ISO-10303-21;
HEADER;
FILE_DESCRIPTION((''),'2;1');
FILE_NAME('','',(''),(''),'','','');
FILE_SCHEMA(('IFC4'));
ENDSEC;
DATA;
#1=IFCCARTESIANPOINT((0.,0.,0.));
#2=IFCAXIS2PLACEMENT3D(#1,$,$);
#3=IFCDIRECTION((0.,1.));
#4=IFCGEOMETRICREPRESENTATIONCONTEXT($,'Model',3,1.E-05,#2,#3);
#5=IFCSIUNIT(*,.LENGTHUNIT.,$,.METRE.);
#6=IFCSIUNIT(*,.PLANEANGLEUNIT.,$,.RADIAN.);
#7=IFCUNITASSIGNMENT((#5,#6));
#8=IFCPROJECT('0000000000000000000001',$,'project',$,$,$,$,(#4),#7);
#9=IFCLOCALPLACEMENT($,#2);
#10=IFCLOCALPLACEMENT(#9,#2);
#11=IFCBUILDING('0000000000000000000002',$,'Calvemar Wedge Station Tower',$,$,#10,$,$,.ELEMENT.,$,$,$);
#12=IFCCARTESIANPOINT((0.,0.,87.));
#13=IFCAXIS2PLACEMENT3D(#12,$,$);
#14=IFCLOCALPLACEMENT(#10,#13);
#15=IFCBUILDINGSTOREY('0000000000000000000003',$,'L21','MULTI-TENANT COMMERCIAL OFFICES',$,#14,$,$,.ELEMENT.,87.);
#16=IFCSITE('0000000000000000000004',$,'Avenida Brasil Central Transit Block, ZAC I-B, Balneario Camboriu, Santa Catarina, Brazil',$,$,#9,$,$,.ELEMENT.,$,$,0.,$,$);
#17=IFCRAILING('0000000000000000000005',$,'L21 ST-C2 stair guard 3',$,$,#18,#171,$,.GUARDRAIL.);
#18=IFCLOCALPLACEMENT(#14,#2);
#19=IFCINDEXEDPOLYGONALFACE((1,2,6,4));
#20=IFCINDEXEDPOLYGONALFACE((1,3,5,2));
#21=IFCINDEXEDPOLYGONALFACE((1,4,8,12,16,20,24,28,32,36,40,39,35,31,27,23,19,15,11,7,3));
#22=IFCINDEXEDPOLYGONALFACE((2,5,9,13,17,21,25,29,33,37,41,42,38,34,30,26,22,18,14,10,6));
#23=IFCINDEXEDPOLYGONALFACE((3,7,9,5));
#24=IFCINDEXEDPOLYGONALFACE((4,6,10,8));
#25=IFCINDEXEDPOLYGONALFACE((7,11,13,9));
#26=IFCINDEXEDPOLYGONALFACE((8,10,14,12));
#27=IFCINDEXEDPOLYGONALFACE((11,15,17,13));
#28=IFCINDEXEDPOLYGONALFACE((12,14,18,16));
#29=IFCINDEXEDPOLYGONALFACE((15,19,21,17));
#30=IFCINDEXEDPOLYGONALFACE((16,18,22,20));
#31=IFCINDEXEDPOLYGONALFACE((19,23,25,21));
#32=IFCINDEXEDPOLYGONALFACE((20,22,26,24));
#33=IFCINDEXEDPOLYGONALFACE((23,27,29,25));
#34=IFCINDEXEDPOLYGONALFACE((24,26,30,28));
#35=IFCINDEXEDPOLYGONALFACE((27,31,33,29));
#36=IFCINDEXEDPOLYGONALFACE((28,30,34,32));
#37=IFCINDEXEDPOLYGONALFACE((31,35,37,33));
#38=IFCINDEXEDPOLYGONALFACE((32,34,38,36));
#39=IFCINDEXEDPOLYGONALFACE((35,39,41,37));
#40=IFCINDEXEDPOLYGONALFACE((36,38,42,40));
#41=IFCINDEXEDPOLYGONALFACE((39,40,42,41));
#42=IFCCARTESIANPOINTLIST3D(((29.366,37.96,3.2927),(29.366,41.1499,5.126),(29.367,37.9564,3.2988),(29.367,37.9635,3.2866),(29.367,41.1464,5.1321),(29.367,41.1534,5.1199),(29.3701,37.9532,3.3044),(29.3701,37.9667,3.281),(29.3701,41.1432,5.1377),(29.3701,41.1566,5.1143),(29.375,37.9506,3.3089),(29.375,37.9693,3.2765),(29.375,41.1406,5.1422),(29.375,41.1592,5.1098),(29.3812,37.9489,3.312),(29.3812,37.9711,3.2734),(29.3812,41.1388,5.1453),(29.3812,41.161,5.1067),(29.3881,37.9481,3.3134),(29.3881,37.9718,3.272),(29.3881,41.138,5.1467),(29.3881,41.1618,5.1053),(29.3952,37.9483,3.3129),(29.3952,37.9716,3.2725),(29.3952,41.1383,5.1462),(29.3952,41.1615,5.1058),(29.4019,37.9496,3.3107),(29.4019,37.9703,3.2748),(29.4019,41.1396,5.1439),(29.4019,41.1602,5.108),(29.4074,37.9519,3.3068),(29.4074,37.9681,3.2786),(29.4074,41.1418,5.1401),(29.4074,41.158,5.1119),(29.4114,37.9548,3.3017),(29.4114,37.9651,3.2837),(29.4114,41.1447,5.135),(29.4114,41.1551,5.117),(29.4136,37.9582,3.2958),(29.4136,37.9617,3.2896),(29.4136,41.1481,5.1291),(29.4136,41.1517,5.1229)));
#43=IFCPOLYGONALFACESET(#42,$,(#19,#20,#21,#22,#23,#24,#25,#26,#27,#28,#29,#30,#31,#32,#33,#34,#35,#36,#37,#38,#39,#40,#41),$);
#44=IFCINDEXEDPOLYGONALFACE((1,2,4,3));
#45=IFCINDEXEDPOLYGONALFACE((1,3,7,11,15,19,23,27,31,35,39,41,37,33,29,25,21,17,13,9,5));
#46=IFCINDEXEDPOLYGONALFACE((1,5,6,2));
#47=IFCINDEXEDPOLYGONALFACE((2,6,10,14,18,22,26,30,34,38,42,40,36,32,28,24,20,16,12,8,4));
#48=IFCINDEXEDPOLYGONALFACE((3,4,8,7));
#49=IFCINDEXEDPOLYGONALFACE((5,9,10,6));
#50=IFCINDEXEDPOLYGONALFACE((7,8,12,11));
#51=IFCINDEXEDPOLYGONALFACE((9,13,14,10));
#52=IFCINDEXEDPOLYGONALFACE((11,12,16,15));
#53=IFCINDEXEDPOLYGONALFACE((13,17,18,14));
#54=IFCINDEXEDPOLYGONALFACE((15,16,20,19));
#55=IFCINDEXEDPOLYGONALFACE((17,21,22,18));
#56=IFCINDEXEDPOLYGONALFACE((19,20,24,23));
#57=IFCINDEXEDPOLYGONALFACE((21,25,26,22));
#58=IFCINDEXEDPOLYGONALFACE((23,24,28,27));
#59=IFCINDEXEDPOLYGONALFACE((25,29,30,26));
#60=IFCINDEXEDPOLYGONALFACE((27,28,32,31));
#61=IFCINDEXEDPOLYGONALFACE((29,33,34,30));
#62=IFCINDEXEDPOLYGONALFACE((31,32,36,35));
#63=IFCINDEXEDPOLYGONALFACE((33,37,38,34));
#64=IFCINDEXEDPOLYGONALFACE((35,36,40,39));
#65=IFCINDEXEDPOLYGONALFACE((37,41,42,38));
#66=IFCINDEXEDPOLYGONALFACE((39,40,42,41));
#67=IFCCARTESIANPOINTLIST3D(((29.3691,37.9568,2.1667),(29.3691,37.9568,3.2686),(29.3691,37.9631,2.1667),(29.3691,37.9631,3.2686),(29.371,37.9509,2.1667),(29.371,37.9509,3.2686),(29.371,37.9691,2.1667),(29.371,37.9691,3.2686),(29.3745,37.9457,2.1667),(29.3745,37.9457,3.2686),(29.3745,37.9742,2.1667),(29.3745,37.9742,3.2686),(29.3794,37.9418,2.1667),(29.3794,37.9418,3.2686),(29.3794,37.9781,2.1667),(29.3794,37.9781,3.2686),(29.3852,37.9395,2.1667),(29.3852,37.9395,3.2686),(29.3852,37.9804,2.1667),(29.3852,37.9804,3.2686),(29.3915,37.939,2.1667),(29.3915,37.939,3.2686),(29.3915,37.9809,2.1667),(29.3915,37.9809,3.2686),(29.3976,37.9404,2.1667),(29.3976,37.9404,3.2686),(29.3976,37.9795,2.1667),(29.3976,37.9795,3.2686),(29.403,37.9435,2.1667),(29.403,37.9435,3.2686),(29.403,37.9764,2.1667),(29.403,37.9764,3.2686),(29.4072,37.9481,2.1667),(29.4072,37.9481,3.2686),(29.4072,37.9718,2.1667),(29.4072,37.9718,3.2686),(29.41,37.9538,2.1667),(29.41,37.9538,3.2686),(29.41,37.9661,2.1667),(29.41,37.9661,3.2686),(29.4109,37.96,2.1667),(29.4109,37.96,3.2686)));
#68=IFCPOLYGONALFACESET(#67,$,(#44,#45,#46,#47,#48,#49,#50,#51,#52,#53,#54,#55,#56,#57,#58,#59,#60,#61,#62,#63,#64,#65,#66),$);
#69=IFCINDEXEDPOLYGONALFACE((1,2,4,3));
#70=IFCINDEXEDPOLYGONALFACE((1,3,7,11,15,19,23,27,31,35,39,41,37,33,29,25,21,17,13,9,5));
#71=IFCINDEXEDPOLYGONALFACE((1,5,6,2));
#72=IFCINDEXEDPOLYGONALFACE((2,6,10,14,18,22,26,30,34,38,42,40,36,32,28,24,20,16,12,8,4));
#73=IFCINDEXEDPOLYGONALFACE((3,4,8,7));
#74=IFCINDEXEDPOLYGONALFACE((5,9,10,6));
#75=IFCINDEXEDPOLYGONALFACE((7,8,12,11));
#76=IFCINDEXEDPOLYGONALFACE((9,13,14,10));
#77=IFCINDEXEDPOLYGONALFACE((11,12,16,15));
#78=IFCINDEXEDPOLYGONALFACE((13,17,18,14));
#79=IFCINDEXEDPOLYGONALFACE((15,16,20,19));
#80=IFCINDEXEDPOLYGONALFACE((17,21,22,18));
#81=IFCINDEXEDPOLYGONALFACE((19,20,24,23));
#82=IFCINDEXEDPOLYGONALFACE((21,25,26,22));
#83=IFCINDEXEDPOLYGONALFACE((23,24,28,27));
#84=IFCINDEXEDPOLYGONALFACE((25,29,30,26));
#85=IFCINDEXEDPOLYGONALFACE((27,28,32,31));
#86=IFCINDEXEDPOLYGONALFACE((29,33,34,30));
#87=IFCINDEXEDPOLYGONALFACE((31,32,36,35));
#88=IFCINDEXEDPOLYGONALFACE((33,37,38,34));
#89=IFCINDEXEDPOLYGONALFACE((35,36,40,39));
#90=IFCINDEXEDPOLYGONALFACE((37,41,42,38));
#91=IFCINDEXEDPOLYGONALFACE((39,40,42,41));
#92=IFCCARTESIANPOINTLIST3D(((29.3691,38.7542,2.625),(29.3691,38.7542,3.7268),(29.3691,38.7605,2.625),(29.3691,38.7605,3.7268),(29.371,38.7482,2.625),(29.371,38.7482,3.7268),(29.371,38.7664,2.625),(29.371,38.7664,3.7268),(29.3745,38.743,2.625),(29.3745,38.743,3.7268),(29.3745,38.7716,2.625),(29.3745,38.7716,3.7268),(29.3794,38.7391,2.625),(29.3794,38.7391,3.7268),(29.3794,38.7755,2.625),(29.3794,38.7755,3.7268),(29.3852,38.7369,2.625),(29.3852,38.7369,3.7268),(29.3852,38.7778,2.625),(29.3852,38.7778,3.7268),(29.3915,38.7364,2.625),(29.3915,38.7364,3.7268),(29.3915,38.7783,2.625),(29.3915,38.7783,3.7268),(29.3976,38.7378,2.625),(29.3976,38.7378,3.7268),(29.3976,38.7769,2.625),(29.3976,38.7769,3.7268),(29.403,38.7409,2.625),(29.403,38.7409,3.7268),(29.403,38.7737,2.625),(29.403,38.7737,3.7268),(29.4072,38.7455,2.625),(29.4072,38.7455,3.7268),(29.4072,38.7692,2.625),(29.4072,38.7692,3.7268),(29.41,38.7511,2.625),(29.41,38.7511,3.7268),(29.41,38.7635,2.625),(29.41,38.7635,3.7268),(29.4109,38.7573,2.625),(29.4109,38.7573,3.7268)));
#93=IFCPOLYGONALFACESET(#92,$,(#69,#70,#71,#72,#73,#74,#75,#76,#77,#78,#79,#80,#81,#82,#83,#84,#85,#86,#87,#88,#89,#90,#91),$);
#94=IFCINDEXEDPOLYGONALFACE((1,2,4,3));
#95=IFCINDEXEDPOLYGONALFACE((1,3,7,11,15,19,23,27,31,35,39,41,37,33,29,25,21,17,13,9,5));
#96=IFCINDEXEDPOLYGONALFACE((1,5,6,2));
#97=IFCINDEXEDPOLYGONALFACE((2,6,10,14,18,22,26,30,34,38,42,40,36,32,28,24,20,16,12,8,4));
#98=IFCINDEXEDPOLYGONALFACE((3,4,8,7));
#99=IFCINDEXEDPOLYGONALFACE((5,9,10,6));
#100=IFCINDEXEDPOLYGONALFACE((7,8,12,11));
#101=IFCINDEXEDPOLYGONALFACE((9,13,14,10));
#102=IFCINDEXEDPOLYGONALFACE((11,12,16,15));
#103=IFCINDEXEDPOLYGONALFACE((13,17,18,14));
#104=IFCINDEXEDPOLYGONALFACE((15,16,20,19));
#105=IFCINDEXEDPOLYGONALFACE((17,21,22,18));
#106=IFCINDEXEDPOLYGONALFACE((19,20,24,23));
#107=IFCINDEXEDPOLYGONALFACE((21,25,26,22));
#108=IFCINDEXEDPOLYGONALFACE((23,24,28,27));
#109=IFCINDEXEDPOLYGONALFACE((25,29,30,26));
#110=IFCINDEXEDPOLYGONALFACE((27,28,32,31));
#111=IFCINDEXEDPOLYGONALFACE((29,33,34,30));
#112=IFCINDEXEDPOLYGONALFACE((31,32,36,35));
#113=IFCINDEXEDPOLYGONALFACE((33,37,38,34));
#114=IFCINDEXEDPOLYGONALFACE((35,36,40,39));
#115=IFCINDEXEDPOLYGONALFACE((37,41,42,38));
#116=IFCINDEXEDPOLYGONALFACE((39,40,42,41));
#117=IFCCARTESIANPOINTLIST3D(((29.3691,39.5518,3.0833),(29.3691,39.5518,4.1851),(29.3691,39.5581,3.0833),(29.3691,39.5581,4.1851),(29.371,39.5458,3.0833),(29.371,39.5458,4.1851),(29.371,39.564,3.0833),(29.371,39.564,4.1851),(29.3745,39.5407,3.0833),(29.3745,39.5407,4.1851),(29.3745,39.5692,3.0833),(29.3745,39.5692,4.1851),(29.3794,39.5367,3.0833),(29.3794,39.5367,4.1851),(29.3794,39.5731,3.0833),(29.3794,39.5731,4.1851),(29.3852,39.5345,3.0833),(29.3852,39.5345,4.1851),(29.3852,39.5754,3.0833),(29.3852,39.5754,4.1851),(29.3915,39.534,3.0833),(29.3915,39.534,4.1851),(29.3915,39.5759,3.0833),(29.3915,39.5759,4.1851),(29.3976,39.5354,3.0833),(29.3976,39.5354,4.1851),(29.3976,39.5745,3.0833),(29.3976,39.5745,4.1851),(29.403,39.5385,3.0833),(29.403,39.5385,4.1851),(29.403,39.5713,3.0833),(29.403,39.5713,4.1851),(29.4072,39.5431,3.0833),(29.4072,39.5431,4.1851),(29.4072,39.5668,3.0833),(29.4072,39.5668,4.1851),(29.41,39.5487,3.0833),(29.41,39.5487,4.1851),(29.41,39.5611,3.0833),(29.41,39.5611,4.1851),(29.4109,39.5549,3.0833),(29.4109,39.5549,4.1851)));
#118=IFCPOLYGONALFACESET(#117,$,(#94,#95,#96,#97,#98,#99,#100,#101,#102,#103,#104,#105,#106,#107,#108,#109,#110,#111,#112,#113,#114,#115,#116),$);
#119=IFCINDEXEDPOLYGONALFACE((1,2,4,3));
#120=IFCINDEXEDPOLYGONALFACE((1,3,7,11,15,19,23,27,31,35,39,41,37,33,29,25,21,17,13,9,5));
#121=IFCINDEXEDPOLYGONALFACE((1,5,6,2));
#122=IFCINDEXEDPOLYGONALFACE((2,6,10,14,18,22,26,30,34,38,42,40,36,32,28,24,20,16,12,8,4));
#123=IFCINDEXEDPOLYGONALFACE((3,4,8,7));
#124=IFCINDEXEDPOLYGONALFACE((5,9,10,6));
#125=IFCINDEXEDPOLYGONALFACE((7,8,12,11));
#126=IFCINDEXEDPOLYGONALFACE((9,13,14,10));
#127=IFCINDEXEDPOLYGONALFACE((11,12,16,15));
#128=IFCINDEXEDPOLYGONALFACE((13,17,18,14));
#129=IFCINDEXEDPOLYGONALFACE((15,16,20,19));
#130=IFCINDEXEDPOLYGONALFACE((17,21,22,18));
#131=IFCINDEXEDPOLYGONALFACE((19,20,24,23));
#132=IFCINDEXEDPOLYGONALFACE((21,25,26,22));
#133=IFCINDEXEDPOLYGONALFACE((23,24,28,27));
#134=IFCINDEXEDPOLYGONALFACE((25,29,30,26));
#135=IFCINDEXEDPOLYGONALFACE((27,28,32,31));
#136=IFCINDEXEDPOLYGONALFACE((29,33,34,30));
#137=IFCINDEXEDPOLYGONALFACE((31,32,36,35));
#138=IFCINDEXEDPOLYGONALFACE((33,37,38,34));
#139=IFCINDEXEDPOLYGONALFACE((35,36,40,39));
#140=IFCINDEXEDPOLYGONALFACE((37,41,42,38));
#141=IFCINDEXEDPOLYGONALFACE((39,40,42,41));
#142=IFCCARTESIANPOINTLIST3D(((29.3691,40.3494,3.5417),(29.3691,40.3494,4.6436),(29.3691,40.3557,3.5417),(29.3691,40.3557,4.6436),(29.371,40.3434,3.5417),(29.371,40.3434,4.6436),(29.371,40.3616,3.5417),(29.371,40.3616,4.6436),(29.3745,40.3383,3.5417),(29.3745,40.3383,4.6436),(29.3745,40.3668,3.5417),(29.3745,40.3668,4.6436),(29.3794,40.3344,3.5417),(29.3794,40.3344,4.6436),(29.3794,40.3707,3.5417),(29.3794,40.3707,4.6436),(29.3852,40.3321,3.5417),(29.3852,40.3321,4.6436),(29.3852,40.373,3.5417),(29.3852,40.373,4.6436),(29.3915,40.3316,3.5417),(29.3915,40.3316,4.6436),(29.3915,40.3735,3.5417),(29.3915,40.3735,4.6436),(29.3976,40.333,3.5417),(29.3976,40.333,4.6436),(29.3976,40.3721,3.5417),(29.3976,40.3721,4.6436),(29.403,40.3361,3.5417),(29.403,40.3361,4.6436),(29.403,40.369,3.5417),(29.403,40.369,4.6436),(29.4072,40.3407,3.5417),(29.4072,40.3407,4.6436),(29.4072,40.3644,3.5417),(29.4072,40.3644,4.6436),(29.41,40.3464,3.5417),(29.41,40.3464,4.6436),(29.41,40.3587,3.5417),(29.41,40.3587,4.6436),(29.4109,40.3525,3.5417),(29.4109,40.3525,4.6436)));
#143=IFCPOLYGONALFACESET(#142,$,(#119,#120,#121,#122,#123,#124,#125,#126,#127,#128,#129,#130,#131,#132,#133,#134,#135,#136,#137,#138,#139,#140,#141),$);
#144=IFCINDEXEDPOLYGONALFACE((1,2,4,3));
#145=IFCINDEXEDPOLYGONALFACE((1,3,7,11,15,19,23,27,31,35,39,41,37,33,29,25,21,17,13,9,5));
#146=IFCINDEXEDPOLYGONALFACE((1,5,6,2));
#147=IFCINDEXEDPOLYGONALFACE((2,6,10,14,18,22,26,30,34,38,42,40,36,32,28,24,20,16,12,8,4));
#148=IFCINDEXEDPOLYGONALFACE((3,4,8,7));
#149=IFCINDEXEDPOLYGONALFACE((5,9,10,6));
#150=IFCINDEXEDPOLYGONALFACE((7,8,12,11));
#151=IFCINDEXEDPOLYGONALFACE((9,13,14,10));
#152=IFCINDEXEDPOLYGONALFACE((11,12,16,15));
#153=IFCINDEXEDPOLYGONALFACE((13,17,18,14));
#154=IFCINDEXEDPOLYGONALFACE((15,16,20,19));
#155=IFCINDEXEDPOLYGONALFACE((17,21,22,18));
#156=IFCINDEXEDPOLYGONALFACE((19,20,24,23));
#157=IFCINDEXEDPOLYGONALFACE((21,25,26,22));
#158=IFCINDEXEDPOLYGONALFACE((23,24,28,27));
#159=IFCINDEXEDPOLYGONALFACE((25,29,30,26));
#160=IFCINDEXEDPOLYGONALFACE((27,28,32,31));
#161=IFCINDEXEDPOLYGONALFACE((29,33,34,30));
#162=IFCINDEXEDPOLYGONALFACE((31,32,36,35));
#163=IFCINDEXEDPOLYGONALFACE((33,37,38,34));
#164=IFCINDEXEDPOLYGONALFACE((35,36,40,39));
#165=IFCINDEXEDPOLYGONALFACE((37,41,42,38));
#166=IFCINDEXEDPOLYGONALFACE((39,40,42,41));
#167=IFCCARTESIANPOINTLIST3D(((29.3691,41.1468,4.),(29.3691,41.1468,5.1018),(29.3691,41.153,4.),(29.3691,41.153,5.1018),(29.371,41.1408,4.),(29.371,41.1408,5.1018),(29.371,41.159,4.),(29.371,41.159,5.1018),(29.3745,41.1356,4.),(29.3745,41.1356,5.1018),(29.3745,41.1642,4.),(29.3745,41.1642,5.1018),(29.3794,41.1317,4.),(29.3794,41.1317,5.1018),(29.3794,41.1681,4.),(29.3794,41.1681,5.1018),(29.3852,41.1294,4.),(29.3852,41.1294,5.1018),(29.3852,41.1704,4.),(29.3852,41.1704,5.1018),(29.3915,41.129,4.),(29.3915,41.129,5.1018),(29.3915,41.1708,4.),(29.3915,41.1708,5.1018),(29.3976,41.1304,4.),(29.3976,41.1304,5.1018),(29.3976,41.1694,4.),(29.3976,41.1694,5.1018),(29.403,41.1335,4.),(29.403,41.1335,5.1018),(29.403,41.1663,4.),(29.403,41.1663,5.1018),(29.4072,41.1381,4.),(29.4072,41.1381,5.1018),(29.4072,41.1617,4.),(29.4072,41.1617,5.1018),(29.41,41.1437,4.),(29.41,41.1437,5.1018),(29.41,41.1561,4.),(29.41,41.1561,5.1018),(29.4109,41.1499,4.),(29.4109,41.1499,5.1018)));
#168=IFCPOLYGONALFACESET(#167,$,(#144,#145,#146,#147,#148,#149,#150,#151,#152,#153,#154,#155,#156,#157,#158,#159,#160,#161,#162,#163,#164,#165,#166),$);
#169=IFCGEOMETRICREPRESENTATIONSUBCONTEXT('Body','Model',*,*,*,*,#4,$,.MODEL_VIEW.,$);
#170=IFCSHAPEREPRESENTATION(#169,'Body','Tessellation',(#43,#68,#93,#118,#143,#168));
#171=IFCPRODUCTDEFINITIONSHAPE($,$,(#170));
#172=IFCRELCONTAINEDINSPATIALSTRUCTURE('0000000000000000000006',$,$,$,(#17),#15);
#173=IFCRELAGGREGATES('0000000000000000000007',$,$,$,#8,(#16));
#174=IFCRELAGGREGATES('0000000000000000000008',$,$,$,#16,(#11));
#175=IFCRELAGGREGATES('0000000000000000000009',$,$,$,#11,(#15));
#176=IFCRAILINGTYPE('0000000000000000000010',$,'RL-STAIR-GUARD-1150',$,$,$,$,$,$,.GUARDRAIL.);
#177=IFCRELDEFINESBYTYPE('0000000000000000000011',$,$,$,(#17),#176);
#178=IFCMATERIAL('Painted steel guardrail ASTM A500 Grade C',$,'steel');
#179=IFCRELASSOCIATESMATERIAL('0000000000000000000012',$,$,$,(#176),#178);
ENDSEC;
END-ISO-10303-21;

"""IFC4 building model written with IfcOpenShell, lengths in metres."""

from ifc_helpers import new_model, si_unit, direction, frame, origin, origin_2d, place, context, subcontext, project, spatial, circle, extrude, material, type_object, element, save


model = new_model("IFC4")

# Units and contexts
model_context = context("Model", 3, precision=1e-05, world=origin(), true_north=direction((0.0, 1.0)))
body_context = subcontext(model_context, "Body", "Model", "MODEL_VIEW")
ifc_project = project(units=[si_unit("LENGTHUNIT", "METRE"), si_unit("PLANEANGLEUNIT", "RADIAN")], contexts=[model_context])

# Site, building, storey
site_placement = place(None, origin())
site = spatial("IfcSite", under=ifc_project, at=site_placement, Name="Avenida Brasil Central Transit Block, ZAC I-B, Balneario Camboriu, Santa Catarina, Brazil", CompositionType="ELEMENT", RefElevation=0.0)
building_placement = place(site_placement, origin())
building = spatial("IfcBuilding", under=site, at=building_placement, Name="Calvemar Wedge Station Tower", CompositionType="ELEMENT")
storey_placement = place(building_placement, frame((0.0, 0.0, 87.0)))
storey = spatial("IfcBuildingStorey", under=building, at=storey_placement, Name="L21", Description="MULTI-TENANT COMMERCIAL OFFICES", CompositionType="ELEMENT", Elevation=87.0)

# Railing
ifc_material_1 = material(Name="Painted steel guardrail ASTM A500 Grade C", Category="steel")
railing_type_1 = type_object("IfcRailingType", Name="RL-STAIR-GUARD-1150", PredefinedType="GUARDRAIL", material=ifc_material_1)
railing_1_placement = place(storey_placement, frame((29.3899, 37.96, 2.1667)))
element("IfcRailing", 1, at=railing_1_placement, inside=storey, type_object=railing_type_1, Name="L21 ST-C2 stair guard 3", PredefinedType="GUARDRAIL", context=body_context, shape_type="SweptSolid", body=[
    extrude(circle(Radius=0.0239, at=origin_2d()), frame((0.0, 0.0, 1.126), z_axis=(0.0, 0.86702, 0.498274), x_axis=(-1.0, 0.0, 0.0)), (0.0, 0.0, 1.0), 3.6792),
    extrude(circle(Radius=0.021, at=origin_2d()), origin(), (0.0, 0.0, 1.0), 1.1018),
    extrude(circle(Radius=0.021, at=origin_2d()), frame((0.0, 0.7974, 0.4583)), (0.0, 0.0, 1.0), 1.1018),
    extrude(circle(Radius=0.021, at=origin_2d()), frame((0.0, 1.595, 0.9165)), (0.0, 0.0, 1.0), 1.1018),
    extrude(circle(Radius=0.021, at=origin_2d()), frame((0.0, 2.3926, 1.375)), (0.0, 0.0, 1.0), 1.1018),
    extrude(circle(Radius=0.021, at=origin_2d()), frame((0.0, 3.1899, 1.8333)), (0.0, 0.0, 1.0), 1.1018),
])

save(model, "model.ifc")
